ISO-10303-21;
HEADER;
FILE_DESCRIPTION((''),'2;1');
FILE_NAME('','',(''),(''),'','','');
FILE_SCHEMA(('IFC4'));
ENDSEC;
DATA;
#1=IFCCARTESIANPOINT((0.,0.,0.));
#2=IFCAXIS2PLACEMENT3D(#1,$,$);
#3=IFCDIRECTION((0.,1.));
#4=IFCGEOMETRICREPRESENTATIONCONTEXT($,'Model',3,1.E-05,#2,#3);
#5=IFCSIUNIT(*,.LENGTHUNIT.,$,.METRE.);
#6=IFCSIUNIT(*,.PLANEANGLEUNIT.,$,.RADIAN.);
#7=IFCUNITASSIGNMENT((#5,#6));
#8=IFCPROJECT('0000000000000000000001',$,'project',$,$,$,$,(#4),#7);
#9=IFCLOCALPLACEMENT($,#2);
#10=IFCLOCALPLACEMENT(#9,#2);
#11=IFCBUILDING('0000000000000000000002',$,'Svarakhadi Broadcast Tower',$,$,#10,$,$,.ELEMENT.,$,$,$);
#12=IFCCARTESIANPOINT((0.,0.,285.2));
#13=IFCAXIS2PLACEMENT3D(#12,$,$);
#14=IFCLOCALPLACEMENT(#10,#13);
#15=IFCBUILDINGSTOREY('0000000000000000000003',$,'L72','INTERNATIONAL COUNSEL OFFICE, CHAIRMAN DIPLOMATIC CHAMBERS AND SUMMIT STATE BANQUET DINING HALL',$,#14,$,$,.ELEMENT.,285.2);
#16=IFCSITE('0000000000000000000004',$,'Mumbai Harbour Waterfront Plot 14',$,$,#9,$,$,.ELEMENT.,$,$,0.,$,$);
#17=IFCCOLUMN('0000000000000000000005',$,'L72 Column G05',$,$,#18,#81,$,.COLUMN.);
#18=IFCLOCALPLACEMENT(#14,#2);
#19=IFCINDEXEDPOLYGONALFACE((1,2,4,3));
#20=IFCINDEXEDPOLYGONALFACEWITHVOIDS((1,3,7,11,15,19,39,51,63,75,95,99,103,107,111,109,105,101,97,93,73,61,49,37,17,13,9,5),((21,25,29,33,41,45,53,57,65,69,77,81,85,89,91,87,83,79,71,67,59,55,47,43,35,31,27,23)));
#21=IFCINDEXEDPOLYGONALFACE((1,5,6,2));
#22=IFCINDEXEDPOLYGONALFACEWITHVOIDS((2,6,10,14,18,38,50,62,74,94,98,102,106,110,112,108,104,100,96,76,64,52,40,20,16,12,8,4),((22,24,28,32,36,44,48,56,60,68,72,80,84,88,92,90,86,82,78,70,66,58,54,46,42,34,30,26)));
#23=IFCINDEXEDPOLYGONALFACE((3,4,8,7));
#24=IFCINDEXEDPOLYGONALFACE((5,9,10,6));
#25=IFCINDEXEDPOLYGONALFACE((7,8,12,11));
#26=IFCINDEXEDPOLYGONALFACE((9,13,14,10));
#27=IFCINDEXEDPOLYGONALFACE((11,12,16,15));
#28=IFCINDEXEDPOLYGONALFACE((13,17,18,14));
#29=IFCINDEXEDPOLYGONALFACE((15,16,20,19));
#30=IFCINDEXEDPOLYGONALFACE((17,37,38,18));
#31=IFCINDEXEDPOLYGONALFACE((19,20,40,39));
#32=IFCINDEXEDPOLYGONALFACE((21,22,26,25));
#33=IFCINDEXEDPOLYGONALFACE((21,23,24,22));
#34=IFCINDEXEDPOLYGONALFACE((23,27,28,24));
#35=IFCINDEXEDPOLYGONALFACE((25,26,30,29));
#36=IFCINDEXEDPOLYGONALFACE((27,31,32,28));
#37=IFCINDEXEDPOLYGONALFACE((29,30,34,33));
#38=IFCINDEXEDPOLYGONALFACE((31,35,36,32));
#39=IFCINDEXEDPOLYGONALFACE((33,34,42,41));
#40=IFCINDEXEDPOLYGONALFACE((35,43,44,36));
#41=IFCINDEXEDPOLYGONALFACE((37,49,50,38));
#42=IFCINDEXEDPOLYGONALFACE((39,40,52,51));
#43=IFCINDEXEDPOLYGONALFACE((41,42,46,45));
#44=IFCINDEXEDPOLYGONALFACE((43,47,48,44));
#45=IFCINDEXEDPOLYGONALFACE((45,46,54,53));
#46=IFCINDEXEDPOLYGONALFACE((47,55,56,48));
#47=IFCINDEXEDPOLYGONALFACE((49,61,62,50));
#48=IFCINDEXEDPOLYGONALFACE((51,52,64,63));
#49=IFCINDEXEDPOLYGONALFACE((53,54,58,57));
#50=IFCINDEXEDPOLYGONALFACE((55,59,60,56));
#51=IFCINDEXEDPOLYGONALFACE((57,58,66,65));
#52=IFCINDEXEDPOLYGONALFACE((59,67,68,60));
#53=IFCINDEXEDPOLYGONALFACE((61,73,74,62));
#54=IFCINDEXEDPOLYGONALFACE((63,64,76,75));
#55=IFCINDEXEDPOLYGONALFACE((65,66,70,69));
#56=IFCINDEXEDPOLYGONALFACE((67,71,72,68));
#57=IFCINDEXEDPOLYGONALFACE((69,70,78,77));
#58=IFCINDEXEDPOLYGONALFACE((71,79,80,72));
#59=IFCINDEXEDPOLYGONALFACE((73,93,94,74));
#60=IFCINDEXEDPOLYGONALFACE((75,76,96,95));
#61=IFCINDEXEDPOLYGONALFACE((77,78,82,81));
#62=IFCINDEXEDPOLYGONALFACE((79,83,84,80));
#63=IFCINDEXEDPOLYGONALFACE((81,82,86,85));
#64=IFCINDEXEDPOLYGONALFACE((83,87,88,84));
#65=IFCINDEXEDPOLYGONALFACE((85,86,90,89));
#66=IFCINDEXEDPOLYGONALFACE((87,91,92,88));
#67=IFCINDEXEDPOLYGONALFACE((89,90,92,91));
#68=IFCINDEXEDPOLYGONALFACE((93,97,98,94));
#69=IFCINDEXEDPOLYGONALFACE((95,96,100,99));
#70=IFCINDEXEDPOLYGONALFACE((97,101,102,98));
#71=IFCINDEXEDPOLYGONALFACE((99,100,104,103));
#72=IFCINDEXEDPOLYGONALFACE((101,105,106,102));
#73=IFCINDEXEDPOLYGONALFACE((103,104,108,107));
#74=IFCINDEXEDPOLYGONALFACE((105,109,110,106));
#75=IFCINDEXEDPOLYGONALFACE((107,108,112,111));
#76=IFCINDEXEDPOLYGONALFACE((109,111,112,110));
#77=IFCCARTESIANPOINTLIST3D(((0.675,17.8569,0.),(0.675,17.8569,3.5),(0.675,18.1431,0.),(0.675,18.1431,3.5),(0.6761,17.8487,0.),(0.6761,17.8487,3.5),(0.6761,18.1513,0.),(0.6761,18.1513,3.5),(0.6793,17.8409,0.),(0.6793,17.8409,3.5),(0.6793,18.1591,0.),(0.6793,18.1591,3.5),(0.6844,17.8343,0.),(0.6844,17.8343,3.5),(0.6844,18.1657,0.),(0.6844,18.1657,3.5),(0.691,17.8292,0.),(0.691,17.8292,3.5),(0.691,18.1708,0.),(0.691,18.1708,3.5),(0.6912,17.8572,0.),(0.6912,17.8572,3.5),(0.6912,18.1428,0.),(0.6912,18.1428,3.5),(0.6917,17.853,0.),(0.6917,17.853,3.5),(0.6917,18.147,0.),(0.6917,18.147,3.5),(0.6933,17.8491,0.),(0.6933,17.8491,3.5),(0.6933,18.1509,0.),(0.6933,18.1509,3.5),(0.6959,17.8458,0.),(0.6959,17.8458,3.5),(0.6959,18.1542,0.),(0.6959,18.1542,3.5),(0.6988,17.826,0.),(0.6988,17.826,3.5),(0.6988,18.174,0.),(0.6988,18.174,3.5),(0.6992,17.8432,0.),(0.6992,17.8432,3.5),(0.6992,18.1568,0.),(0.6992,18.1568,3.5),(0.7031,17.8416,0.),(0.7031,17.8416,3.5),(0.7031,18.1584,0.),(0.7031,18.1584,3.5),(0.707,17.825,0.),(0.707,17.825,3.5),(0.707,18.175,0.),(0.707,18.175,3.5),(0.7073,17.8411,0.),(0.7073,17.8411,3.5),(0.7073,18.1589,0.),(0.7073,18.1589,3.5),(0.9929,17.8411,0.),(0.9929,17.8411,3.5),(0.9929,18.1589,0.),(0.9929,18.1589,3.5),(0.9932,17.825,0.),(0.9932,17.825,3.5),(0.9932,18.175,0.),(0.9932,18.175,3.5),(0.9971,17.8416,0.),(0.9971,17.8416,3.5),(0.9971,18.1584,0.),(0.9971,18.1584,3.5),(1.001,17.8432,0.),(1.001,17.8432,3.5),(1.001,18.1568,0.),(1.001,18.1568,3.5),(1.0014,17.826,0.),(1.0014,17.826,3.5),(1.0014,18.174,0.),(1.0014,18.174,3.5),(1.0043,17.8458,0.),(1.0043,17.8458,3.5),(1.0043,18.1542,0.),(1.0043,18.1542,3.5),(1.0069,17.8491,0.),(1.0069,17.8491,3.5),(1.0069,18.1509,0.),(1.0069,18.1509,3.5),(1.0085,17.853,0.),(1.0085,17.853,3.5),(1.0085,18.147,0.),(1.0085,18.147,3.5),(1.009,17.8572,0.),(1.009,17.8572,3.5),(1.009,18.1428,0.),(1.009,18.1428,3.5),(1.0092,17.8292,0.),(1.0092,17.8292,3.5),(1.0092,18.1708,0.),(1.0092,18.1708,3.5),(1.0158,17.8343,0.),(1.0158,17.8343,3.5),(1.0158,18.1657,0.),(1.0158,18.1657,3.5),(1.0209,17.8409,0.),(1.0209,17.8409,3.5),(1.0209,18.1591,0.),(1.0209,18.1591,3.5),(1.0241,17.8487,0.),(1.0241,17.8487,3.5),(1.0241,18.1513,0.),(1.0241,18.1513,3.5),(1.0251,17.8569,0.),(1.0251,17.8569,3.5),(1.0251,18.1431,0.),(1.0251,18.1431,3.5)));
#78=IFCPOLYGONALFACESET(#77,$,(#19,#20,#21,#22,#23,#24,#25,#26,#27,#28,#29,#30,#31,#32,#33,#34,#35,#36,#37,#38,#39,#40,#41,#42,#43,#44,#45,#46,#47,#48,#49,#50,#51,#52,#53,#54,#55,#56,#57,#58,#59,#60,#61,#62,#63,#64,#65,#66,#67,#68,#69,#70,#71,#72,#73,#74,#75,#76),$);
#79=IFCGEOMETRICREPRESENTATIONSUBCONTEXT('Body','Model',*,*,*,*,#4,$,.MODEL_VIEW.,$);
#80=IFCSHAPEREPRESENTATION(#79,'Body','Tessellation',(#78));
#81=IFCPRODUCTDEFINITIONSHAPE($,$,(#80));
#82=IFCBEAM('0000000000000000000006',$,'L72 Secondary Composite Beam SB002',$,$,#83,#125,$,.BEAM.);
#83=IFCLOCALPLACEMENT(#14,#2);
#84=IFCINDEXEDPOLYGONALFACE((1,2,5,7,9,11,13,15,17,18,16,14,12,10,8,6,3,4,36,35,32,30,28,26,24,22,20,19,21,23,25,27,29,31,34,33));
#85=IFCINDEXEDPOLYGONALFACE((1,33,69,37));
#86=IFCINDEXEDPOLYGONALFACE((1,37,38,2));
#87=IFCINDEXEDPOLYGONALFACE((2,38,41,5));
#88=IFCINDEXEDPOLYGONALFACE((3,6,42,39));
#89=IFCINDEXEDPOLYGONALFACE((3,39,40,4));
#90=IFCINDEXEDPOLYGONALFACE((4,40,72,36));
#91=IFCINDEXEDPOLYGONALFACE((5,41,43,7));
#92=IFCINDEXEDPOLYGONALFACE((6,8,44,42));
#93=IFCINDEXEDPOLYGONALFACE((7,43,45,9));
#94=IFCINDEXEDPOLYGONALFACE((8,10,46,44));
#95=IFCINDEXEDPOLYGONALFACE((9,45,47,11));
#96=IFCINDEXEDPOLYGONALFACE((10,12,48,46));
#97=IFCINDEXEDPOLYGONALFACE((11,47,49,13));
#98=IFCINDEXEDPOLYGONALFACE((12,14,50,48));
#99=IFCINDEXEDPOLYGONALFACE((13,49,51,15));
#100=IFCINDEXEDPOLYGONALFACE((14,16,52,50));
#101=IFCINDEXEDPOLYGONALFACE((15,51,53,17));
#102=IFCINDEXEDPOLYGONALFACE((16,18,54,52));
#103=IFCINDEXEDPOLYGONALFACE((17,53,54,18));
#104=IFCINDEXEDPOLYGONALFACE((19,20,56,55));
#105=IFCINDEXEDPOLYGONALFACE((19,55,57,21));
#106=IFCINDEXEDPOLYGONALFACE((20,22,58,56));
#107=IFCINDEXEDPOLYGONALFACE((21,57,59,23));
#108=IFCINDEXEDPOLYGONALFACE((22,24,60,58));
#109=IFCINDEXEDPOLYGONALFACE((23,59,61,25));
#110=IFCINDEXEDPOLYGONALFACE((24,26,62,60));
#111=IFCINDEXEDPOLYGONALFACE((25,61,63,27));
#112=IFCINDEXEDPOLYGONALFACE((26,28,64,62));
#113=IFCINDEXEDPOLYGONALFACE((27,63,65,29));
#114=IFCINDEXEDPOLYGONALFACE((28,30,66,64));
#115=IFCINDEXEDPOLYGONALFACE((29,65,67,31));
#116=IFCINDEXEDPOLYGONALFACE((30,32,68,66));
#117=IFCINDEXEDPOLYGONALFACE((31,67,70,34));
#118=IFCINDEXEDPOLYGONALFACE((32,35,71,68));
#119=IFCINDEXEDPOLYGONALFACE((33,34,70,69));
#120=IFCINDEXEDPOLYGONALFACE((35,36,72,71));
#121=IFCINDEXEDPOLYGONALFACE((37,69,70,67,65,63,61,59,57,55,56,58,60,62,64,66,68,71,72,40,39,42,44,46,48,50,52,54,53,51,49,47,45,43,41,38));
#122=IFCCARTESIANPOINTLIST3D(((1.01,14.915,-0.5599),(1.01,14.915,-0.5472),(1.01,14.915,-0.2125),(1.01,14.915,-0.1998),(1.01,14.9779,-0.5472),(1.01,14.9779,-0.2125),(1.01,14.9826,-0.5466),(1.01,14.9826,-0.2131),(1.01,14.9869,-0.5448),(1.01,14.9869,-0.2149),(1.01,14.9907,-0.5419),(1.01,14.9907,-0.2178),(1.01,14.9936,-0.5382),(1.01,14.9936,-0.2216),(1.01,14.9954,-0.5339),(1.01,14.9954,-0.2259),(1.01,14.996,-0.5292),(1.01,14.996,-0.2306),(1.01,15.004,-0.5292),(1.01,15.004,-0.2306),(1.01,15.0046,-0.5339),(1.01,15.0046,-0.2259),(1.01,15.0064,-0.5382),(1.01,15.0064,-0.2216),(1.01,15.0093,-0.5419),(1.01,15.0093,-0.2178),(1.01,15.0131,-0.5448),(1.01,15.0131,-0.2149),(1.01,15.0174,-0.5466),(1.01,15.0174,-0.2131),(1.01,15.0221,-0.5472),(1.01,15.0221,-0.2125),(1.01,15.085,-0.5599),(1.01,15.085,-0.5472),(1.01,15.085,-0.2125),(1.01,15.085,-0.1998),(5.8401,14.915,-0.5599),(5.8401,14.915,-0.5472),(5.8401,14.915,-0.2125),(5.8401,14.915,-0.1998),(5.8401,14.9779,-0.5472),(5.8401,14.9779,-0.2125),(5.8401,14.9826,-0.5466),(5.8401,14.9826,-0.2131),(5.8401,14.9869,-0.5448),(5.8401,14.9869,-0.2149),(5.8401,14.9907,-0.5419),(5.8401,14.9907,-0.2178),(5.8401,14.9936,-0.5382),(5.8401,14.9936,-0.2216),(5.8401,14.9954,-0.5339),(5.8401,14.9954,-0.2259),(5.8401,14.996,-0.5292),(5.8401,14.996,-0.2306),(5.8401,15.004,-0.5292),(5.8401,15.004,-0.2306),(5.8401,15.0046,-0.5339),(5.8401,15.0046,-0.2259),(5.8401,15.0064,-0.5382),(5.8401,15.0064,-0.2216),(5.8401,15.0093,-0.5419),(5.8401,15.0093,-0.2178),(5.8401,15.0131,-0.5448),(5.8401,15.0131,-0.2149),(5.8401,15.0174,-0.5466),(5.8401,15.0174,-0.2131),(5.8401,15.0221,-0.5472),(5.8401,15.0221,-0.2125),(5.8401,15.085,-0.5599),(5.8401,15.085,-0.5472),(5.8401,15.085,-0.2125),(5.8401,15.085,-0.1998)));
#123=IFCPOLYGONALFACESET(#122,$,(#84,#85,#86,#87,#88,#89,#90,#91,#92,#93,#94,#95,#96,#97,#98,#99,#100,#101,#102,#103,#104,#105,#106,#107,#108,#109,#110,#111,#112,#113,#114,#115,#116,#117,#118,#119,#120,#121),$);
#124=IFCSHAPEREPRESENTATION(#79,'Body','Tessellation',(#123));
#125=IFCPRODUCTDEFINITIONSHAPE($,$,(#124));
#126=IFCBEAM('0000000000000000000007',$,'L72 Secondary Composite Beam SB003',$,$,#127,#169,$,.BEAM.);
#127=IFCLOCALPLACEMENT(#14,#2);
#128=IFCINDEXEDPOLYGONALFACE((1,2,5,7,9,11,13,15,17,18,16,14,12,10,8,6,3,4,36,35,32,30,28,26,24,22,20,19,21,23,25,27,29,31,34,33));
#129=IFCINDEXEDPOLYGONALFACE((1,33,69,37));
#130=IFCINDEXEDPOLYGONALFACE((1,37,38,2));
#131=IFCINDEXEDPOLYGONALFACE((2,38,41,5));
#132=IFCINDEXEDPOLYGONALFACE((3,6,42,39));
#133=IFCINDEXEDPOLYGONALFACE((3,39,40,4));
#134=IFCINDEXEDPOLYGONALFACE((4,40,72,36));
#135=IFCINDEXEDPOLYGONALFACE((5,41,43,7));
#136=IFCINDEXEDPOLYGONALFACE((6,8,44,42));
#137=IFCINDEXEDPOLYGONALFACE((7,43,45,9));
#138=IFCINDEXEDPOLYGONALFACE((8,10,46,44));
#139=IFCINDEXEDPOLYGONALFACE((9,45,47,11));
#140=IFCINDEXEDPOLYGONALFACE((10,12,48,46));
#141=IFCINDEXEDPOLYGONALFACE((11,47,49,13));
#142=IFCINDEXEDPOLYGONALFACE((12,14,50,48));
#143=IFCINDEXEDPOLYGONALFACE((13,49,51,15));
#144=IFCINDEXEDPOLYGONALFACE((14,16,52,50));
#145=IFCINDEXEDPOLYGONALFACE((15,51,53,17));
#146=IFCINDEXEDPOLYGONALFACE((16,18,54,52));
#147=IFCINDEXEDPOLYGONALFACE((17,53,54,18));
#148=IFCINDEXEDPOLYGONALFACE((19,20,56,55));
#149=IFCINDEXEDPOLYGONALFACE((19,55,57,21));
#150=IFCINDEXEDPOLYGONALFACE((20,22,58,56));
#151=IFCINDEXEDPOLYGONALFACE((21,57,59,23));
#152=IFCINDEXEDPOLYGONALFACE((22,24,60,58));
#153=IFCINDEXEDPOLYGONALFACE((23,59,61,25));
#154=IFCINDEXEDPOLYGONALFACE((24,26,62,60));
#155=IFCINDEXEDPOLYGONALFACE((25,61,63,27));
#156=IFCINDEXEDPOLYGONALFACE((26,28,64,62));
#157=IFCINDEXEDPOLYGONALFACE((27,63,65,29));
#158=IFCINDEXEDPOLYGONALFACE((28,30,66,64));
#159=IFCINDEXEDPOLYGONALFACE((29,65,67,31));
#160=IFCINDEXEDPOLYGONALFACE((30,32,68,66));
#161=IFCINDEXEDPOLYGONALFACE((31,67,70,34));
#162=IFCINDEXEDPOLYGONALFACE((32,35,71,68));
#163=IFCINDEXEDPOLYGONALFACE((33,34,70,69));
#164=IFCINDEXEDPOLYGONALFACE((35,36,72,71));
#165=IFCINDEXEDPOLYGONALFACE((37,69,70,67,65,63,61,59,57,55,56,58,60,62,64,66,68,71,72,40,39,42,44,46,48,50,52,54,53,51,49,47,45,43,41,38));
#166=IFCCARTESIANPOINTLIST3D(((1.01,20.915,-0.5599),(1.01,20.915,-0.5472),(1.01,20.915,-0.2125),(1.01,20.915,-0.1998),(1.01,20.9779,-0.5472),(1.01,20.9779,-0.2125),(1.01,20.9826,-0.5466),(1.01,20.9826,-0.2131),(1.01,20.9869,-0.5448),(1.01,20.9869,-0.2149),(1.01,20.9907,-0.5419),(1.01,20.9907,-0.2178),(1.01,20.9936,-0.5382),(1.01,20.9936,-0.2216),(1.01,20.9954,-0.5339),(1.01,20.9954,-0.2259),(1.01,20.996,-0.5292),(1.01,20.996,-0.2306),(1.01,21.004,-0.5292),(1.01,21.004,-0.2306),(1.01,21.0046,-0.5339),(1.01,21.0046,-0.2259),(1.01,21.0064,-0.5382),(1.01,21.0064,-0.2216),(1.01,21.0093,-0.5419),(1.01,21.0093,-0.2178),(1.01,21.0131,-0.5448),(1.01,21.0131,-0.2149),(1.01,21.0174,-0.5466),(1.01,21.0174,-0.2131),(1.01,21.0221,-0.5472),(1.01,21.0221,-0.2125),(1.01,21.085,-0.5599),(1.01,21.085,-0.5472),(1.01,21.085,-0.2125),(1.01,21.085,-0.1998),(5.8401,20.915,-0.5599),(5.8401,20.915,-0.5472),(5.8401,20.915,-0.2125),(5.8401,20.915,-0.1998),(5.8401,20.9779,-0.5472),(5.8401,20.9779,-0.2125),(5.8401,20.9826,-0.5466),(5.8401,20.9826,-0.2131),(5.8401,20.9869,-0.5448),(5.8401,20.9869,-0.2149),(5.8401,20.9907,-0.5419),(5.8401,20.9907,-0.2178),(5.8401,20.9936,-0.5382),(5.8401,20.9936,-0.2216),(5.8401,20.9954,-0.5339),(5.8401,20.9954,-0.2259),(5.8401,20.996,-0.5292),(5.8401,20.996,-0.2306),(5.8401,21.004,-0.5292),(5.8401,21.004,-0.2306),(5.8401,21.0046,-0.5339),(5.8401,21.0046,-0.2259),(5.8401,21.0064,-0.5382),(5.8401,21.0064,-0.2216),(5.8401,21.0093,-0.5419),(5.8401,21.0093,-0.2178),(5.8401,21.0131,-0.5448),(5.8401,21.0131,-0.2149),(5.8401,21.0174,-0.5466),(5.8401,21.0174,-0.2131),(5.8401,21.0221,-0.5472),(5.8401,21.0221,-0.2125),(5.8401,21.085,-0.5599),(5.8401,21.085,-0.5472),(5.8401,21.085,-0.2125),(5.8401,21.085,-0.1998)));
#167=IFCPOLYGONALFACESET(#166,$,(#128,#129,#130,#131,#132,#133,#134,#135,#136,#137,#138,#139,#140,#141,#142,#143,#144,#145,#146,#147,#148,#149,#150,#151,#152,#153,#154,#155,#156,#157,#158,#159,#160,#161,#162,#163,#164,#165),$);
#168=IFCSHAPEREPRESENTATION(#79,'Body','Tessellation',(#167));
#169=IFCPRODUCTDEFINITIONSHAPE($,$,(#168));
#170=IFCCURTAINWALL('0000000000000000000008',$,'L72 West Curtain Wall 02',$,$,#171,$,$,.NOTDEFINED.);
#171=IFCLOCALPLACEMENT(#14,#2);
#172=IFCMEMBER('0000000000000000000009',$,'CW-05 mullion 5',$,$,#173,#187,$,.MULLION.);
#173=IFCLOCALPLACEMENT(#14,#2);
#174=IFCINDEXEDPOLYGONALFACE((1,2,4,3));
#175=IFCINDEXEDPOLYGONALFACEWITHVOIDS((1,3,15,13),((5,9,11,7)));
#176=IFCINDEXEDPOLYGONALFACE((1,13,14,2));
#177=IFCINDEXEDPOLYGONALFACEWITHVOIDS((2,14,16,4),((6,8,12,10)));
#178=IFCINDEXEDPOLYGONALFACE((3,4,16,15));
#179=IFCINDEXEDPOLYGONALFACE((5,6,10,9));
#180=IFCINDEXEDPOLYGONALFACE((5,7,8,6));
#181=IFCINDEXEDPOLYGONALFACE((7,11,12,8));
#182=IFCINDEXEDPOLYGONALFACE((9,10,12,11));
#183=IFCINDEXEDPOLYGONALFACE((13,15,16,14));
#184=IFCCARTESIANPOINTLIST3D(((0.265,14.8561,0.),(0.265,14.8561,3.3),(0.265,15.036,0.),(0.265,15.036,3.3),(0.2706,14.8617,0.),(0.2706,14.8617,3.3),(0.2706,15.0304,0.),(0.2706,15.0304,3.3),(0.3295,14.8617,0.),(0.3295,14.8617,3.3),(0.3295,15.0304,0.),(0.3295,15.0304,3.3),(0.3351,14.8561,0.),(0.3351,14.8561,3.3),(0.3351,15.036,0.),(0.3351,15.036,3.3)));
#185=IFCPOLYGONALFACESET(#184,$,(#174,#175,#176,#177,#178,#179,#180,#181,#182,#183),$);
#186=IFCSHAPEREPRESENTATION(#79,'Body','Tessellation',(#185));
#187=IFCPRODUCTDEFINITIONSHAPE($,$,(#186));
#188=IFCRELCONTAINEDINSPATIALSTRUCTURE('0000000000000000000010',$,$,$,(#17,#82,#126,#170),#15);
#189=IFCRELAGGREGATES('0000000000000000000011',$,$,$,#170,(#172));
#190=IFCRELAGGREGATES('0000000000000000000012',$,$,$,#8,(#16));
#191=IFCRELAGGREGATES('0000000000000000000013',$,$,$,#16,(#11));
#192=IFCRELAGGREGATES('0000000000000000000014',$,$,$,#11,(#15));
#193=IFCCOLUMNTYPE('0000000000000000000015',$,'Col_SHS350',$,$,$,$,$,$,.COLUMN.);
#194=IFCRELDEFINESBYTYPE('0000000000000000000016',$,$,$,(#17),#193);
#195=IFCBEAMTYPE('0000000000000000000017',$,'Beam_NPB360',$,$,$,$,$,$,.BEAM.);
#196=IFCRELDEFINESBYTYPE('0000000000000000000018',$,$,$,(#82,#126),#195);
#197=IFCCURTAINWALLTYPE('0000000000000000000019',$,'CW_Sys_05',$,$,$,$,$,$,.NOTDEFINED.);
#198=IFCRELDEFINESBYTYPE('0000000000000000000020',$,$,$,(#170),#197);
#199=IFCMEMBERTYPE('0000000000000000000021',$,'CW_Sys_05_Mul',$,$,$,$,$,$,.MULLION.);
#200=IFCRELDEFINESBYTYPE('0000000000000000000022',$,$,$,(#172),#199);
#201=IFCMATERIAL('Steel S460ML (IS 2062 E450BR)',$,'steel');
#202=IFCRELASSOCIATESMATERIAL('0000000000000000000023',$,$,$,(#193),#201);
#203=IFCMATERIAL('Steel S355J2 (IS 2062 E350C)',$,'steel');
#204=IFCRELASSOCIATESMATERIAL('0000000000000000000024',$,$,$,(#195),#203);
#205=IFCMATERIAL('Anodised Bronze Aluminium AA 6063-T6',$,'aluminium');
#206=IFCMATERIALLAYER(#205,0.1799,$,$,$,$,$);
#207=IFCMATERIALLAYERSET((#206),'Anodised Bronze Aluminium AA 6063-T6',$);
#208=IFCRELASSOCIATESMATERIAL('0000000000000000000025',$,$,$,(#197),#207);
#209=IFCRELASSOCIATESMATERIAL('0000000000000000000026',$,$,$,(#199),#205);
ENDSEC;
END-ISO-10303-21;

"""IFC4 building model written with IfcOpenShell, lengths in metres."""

from ifc_helpers import new_model, si_unit, direction, frame, origin, origin_2d, place, context, subcontext, project, spatial, hollow_rectangle, i_section, extrude, material, layer, layer_set, material_profile, profile_set, type_object, element, aggregate, save


model = new_model("IFC4")

# Units and contexts
model_context = context("Model", 3, precision=1e-05, world=origin(), true_north=direction((0.0, 1.0)))
body_context = subcontext(model_context, "Body", "Model", "MODEL_VIEW")
ifc_project = project(units=[si_unit("LENGTHUNIT", "METRE"), si_unit("PLANEANGLEUNIT", "RADIAN")], contexts=[model_context])

# Site, building, storey
site_placement = place(None, origin())
site = spatial("IfcSite", under=ifc_project, at=site_placement, Name="Mumbai Harbour Waterfront Plot 14", CompositionType="ELEMENT", RefElevation=0.0)
building_placement = place(site_placement, origin())
building = spatial("IfcBuilding", under=site, at=building_placement, Name="Svarakhadi Broadcast Tower", CompositionType="ELEMENT")
storey_placement = place(building_placement, frame((0.0, 0.0, 285.2)))
storey = spatial("IfcBuildingStorey", under=building, at=storey_placement, Name="L72", Description="INTERNATIONAL COUNSEL OFFICE, CHAIRMAN DIPLOMATIC CHAMBERS AND SUMMIT STATE BANQUET DINING HALL", CompositionType="ELEMENT", Elevation=285.2)

# Column
ifc_material_1 = material(Name="Steel S460ML (IS 2062 E450BR)", Category="steel")
ifc_material_profile_1 = material_profile(ifc_material_1, hollow_rectangle(XDim=0.3501, YDim=0.3501, WallThickness=0.0161, InnerFilletRadius=0.0161, OuterFilletRadius=0.032, at=origin_2d()), Name="SHS 350x350x16")
ifc_profile_set_1 = profile_set([ifc_material_profile_1], Name="Steel S460ML (IS 2062 E450BR)")
column_type = type_object("IfcColumnType", Name="Col_SHS350", PredefinedType="COLUMN", material=ifc_profile_set_1)
column_placement = place(storey_placement, frame((0.8501, 18.0, 0.0), z_axis=(0.0, 0.0, 1.0), x_axis=(1.0, 0.0, 0.0)))
element("IfcColumn", 1, at=column_placement, inside=storey, type_object=column_type, Name="L72 Column G05", PredefinedType="COLUMN", context=body_context, shape_type="SweptSolid", body=[
    extrude(hollow_rectangle(XDim=0.3501, YDim=0.3501, WallThickness=0.0161, InnerFilletRadius=0.0161, OuterFilletRadius=0.032, at=origin_2d()), origin(), (0.0, 0.0, 1.0), 3.5),
])

# Beams
ifc_material_2 = material(Name="Steel S355J2 (IS 2062 E350C)", Category="steel")
ifc_material_profile_2 = material_profile(ifc_material_2, i_section(OverallWidth=0.1699, OverallDepth=0.3601, WebThickness=0.0081, FlangeThickness=0.0127, FilletRadius=0.0181, at=origin_2d()), Name="NPB 360x170x57")
ifc_profile_set_2 = profile_set([ifc_material_profile_2], Name="Steel S355J2 (IS 2062 E350C)")
beam_type_1 = type_object("IfcBeamType", Name="Beam_NPB360", PredefinedType="BEAM", material=ifc_profile_set_2)
for number, where, z_axis, x_axis, name in (
    (2, (1.01, 15.0, -0.3799), (1.0, 0.0, 0.0), (0.0, 1.0, 0.0), "L72 Secondary Composite Beam SB002"),
    (3, (1.01, 21.0, -0.3799), (1.0, 0.0, 0.0), (0.0, 1.0, 0.0), "L72 Secondary Composite Beam SB003"),
):
    element("IfcBeam", number, at=place(storey_placement, frame(where, z_axis=z_axis, x_axis=x_axis)), inside=storey, type_object=beam_type_1, Name=name, PredefinedType="BEAM", context=body_context, shape_type="SweptSolid", body=[
        extrude(i_section(OverallWidth=0.1699, OverallDepth=0.3601, WebThickness=0.0081, FlangeThickness=0.0127, FilletRadius=0.0181, at=origin_2d()), origin(), (0.0, 0.0, 1.0), 4.8301),
    ])

# Curtain wall, member
ifc_material_3 = material(Name="Anodised Bronze Aluminium AA 6063-T6", Category="aluminium")
ifc_layer_1 = layer(ifc_material_3, 0.1799)
ifc_layer_set_1 = layer_set([ifc_layer_1], Name="Anodised Bronze Aluminium AA 6063-T6")
curtain_wall_type = type_object("IfcCurtainWallType", Name="CW_Sys_05", PredefinedType="NOTDEFINED", material=ifc_layer_set_1)
curtain_wall_placement = place(storey_placement, origin())
curtain_wall = element("IfcCurtainWall", 4, at=curtain_wall_placement, inside=storey, type_object=curtain_wall_type, Name="L72 West Curtain Wall 02", PredefinedType="NOTDEFINED")
ifc_material_profile_3 = material_profile(ifc_material_3, hollow_rectangle(XDim=0.0701, YDim=0.1799, WallThickness=0.0056, at=origin_2d()), Name="ALU MULLION 180x70x6")
ifc_profile_set_3 = profile_set([ifc_material_profile_3], Name="Anodised Bronze Aluminium AA 6063-T6")
member_type_1 = type_object("IfcMemberType", Name="CW_Sys_05_Mul", PredefinedType="MULLION", material=ifc_profile_set_3)
member_1_placement = place(storey_placement, frame((0.3, 14.946, 0.0), z_axis=(0.0, 0.0, 1.0), x_axis=(-1.0, 0.0, 0.0)))
member_1 = element("IfcMember", 5, at=member_1_placement, type_object=member_type_1, Name="CW-05 mullion 5", PredefinedType="MULLION", context=body_context, shape_type="SweptSolid", body=[
    extrude(hollow_rectangle(XDim=0.0701, YDim=0.1799, WallThickness=0.0056, at=origin_2d()), origin(), (0.0, 0.0, 1.0), 3.3),
])

aggregate(curtain_wall, [member_1])

save(model, "model.ifc")
